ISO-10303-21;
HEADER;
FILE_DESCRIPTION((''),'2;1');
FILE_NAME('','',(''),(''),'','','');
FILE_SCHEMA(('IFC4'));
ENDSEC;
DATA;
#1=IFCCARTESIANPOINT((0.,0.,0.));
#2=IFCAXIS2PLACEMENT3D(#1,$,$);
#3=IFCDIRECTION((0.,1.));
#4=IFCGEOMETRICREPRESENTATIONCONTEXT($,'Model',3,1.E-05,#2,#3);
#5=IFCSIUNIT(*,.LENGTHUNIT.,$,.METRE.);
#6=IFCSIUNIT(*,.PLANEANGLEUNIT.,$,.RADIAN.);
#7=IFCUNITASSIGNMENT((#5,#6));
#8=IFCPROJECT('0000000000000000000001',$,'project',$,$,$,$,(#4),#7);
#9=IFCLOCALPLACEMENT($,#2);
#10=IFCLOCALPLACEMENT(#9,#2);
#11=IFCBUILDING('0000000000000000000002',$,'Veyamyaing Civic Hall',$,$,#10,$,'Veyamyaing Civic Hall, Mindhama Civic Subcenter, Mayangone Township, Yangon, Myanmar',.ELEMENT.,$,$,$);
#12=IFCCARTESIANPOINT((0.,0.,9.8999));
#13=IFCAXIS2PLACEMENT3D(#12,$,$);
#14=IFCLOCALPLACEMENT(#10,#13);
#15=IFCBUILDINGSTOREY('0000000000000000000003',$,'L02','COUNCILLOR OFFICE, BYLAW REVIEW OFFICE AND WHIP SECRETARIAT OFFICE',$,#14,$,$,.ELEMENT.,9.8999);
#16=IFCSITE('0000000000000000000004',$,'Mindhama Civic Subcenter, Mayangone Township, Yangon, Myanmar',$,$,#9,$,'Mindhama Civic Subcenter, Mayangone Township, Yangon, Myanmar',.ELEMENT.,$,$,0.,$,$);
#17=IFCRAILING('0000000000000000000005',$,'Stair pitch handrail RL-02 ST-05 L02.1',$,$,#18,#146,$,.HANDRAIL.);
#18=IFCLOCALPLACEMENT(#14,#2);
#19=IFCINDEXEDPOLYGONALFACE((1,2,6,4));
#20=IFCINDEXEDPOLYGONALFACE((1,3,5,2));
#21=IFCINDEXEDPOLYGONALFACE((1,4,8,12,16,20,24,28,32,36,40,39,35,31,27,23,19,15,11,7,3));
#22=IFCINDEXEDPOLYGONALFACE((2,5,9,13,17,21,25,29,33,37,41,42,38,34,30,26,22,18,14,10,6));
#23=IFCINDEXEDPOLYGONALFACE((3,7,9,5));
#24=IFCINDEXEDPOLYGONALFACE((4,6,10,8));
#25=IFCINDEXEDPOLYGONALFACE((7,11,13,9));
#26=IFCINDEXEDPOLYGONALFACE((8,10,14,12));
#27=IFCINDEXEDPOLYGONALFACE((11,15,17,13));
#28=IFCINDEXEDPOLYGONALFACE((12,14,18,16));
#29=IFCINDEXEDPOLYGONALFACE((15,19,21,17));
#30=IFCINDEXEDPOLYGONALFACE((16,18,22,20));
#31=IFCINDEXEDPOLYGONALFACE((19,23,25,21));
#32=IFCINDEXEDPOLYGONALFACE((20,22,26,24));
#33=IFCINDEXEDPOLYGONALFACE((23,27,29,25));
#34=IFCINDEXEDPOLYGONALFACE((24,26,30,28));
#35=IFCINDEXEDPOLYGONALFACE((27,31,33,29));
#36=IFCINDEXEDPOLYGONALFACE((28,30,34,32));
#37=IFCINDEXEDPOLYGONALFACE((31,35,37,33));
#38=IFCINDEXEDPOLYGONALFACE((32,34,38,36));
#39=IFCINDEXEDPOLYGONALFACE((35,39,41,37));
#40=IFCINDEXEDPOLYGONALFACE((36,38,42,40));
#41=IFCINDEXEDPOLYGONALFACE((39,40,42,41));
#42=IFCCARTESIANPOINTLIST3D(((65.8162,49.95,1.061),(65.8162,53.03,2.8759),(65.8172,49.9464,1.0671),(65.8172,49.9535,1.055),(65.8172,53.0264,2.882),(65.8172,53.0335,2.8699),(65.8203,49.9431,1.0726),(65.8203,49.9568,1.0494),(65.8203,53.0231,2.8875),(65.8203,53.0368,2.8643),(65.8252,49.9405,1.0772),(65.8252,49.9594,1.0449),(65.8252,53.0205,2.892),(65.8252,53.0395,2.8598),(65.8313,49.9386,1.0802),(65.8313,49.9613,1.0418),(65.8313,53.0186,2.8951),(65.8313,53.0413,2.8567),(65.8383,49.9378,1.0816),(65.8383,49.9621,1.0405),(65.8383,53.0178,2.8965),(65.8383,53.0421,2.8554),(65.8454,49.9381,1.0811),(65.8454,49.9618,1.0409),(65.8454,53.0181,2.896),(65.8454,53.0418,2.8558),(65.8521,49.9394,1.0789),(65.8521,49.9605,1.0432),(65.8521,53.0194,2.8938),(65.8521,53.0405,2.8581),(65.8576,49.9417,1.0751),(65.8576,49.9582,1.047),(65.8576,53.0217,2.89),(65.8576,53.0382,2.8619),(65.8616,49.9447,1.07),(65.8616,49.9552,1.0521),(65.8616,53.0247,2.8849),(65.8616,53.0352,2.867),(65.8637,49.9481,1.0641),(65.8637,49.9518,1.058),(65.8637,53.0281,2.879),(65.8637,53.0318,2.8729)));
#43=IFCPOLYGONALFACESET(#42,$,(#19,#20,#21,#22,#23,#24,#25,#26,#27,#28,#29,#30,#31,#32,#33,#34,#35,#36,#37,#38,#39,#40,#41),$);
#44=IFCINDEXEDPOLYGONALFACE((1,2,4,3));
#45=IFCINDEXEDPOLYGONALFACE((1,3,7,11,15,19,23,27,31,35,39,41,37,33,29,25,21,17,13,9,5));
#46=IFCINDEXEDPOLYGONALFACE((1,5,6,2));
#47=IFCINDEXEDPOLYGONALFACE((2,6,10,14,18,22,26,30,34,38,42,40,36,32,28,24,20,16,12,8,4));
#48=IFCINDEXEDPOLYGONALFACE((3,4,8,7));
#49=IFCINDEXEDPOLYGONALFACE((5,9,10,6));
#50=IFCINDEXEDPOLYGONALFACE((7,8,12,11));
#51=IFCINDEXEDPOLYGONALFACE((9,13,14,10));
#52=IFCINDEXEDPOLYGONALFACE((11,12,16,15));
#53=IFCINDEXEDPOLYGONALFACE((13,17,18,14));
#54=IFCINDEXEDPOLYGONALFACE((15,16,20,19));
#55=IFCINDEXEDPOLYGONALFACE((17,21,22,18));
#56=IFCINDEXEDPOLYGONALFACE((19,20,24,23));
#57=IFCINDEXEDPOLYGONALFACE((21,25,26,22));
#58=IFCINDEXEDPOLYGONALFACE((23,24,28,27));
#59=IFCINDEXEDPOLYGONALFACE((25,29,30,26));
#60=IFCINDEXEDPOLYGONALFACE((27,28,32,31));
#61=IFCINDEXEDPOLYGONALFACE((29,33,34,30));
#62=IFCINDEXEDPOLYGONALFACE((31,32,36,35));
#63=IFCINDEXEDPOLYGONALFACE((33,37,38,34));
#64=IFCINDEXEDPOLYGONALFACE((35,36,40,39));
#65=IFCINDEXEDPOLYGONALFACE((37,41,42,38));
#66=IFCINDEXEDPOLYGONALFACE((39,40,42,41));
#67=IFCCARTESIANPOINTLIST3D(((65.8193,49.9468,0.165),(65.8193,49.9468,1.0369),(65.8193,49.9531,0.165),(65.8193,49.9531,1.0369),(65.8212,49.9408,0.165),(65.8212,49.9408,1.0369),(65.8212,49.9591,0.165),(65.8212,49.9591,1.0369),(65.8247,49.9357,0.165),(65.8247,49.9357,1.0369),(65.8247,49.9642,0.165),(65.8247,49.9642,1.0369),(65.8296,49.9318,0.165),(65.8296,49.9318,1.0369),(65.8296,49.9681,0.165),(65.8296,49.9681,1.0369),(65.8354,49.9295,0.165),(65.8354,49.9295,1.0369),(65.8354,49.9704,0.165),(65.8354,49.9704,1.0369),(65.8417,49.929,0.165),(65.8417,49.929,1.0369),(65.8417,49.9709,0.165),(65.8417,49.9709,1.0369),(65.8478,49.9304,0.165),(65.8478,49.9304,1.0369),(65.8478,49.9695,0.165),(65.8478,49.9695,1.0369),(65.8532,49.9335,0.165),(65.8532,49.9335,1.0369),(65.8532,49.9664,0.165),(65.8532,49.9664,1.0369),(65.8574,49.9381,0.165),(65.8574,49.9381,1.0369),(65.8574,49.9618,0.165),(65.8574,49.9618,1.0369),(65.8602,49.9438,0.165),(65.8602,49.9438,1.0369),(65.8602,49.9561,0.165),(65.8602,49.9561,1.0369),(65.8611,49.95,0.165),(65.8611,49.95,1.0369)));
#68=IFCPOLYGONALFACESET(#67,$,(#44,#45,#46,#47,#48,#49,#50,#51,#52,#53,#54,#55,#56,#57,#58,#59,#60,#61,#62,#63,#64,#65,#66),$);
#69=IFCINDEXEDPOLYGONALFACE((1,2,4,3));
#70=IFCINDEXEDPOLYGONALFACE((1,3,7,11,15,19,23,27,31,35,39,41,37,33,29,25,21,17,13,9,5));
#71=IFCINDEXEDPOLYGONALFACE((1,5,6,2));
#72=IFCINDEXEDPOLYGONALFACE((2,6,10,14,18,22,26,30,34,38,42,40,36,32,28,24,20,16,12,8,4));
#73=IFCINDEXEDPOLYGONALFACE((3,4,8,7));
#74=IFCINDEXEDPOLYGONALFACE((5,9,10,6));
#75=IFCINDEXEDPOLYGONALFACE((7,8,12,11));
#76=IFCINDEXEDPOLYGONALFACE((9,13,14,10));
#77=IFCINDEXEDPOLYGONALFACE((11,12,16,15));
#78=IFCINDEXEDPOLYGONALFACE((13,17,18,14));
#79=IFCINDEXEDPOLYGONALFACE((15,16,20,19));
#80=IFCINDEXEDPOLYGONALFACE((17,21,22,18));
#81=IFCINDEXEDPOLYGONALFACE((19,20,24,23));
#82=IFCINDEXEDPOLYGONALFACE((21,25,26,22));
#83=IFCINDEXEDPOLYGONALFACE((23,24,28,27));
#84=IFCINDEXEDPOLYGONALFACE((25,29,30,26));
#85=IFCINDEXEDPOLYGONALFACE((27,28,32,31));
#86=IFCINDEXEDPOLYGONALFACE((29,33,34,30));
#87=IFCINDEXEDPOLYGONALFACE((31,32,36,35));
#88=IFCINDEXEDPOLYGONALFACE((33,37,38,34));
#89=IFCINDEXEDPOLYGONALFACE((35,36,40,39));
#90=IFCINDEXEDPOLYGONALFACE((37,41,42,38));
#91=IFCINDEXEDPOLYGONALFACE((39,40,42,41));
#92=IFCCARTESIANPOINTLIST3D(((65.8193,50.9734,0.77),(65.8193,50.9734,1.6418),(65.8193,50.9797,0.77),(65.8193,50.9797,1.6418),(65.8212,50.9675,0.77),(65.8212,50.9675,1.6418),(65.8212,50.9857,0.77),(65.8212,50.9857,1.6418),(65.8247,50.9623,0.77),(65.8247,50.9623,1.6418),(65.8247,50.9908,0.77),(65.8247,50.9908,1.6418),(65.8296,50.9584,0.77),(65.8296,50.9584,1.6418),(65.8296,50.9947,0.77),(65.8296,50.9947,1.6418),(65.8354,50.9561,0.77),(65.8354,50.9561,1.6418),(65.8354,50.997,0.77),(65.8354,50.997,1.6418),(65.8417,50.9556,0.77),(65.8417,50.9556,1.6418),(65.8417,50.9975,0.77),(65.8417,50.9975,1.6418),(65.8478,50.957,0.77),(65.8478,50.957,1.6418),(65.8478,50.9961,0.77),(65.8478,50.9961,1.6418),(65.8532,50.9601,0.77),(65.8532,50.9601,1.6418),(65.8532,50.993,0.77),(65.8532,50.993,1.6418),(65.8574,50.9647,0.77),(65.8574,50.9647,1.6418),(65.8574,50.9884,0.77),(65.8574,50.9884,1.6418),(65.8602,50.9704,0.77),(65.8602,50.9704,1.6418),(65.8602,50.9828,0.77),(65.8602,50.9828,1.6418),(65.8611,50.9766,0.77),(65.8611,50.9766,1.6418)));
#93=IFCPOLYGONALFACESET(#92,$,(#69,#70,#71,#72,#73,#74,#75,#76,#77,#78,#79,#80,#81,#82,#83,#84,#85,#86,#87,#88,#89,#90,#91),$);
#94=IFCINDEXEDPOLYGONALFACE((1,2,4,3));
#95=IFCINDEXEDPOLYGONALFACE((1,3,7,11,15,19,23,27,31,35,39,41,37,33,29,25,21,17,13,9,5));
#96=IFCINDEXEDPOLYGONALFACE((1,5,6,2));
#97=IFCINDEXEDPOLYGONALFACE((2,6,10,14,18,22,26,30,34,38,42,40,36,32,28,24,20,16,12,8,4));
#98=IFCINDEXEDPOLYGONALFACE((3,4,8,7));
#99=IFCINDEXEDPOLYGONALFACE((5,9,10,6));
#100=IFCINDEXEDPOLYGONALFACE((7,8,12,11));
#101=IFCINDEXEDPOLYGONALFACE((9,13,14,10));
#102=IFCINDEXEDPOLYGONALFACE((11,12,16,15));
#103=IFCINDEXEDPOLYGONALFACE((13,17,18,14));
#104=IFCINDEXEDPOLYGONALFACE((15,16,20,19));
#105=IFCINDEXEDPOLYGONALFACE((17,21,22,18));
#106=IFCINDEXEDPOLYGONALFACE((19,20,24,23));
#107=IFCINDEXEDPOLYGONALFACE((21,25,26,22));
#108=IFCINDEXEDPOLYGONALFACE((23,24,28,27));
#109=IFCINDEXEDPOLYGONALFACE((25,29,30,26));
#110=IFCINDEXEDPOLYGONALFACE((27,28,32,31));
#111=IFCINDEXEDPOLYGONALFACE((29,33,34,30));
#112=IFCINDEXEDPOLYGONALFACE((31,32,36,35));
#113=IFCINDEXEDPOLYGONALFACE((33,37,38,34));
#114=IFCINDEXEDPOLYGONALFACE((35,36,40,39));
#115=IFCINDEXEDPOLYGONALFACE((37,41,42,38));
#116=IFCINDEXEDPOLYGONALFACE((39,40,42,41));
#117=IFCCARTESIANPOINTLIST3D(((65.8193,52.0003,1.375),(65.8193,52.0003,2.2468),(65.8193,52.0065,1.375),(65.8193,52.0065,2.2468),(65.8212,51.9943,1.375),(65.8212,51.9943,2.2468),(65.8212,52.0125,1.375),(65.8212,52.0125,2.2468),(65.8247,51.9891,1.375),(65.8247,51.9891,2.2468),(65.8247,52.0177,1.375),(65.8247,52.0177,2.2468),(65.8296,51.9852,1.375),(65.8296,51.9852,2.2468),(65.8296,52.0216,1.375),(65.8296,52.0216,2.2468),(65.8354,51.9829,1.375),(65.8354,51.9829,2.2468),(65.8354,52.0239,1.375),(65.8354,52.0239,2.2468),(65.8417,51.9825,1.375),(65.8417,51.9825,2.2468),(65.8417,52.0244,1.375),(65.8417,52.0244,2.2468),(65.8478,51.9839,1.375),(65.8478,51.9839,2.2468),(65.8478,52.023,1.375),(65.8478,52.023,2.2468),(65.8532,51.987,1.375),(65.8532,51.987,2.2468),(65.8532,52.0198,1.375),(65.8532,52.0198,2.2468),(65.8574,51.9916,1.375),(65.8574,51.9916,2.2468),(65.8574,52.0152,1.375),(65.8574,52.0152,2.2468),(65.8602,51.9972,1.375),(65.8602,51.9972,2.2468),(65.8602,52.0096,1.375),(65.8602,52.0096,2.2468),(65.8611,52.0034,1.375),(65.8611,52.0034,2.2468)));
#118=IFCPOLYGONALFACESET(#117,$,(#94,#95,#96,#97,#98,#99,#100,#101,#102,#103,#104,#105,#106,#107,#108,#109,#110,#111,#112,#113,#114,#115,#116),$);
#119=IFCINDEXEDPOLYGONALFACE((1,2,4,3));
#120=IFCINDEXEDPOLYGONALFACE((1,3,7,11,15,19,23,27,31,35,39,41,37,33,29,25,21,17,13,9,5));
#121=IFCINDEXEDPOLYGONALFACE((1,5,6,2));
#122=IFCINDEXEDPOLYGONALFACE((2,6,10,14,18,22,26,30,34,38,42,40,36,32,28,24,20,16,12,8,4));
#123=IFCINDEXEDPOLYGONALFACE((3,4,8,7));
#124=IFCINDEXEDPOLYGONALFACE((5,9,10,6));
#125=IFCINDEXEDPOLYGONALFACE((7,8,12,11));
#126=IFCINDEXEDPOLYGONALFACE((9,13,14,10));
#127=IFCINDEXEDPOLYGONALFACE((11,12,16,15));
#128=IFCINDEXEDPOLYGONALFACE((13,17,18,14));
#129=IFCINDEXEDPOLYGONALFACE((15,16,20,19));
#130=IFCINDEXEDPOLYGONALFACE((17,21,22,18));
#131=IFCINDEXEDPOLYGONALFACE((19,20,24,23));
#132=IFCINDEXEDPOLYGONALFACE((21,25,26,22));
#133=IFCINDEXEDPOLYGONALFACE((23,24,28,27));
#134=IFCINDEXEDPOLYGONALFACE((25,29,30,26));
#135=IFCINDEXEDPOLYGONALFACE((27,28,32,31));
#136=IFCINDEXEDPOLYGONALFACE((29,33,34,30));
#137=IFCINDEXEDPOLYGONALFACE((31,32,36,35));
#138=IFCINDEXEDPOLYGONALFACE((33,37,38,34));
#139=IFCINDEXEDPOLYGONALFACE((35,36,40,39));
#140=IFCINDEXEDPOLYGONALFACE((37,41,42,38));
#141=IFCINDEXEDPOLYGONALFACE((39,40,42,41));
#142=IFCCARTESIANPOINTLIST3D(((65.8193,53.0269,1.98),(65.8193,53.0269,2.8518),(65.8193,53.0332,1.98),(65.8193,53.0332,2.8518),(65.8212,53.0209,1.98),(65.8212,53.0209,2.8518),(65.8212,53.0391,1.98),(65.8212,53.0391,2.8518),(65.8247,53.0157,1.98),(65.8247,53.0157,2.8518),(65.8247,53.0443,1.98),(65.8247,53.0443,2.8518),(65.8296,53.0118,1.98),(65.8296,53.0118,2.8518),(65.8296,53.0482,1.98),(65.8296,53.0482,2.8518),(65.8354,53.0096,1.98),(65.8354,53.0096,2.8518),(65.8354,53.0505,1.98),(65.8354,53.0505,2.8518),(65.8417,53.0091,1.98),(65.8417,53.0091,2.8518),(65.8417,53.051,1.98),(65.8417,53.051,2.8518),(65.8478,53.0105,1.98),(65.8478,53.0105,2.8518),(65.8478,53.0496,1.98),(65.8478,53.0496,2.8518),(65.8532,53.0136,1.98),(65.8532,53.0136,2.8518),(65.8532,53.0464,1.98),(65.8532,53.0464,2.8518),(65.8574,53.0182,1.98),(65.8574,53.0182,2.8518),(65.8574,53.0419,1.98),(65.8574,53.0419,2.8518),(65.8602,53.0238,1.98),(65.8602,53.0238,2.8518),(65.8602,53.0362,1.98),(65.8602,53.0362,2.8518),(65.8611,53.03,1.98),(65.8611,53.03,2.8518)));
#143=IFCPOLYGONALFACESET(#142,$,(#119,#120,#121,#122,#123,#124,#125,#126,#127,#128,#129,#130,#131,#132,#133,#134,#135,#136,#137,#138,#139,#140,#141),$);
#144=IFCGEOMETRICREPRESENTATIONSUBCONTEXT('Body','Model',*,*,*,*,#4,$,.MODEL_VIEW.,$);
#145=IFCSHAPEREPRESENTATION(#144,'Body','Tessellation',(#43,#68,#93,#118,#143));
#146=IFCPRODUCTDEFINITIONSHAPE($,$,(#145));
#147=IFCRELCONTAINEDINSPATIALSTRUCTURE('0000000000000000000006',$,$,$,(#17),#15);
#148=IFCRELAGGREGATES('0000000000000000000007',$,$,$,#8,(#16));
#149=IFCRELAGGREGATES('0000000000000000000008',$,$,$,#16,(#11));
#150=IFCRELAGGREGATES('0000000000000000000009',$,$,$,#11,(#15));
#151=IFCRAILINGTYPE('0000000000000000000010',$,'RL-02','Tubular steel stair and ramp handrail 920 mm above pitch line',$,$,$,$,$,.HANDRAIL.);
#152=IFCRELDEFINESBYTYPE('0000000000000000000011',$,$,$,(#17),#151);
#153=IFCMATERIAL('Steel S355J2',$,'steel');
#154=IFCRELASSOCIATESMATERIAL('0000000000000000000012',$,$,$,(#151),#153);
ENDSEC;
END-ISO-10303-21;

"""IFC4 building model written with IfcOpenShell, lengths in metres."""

from ifc_helpers import new_model, si_unit, direction, frame, origin, origin_2d, place, context, subcontext, project, spatial, circle, extrude, material, type_object, element, save


model = new_model("IFC4")

# Units and contexts
model_context = context("Model", 3, precision=1e-05, world=origin(), true_north=direction((0.0, 1.0)))
body_context = subcontext(model_context, "Body", "Model", "MODEL_VIEW")
ifc_project = project(units=[si_unit("LENGTHUNIT", "METRE"), si_unit("PLANEANGLEUNIT", "RADIAN")], contexts=[model_context])

# Site, building, storey
site_placement = place(None, origin())
site = spatial("IfcSite", under=ifc_project, at=site_placement, Name="Mindhama Civic Subcenter, Mayangone Township, Yangon, Myanmar", LongName="Mindhama Civic Subcenter, Mayangone Township, Yangon, Myanmar", CompositionType="ELEMENT", RefElevation=0.0)
building_placement = place(site_placement, origin())
building = spatial("IfcBuilding", under=site, at=building_placement, Name="Veyamyaing Civic Hall", LongName="Veyamyaing Civic Hall, Mindhama Civic Subcenter, Mayangone Township, Yangon, Myanmar", CompositionType="ELEMENT")
storey_placement = place(building_placement, frame((0.0, 0.0, 9.8999)))
storey = spatial("IfcBuildingStorey", under=building, at=storey_placement, Name="L02", Description="COUNCILLOR OFFICE, BYLAW REVIEW OFFICE AND WHIP SECRETARIAT OFFICE", CompositionType="ELEMENT", Elevation=9.8999)

# Railing
ifc_material_1 = material(Name="Steel S355J2", Category="steel")
railing_type_1 = type_object("IfcRailingType", Name="RL-02", Description="Tubular steel stair and ramp handrail 920 mm above pitch line", PredefinedType="HANDRAIL", material=ifc_material_1)
railing_1_placement = place(storey_placement, frame((65.8401, 49.95, 0.165)))
element("IfcRailing", 1, at=railing_1_placement, inside=storey, type_object=railing_type_1, Name="Stair pitch handrail RL-02 ST-05 L02.1", PredefinedType="HANDRAIL", context=body_context, shape_type="SweptSolid", body=[
    extrude(circle(Radius=0.0239, at=origin_2d()), frame((0.0, 0.0, 0.896), z_axis=(0.0, 0.861551, 0.507671), x_axis=(-1.0, 0.0, 0.0)), (0.0, 0.0, 1.0), 3.575),
    extrude(circle(Radius=0.021, at=origin_2d()), origin(), (0.0, 0.0, 1.0), 0.8718),
    extrude(circle(Radius=0.021, at=origin_2d()), frame((0.0, 1.0266, 0.605)), (0.0, 0.0, 1.0), 0.8718),
    extrude(circle(Radius=0.021, at=origin_2d()), frame((0.0, 2.0535, 1.21)), (0.0, 0.0, 1.0), 0.8718),
    extrude(circle(Radius=0.021, at=origin_2d()), frame((0.0, 3.0801, 1.8149)), (0.0, 0.0, 1.0), 0.8718),
])

save(model, "model.ifc")
